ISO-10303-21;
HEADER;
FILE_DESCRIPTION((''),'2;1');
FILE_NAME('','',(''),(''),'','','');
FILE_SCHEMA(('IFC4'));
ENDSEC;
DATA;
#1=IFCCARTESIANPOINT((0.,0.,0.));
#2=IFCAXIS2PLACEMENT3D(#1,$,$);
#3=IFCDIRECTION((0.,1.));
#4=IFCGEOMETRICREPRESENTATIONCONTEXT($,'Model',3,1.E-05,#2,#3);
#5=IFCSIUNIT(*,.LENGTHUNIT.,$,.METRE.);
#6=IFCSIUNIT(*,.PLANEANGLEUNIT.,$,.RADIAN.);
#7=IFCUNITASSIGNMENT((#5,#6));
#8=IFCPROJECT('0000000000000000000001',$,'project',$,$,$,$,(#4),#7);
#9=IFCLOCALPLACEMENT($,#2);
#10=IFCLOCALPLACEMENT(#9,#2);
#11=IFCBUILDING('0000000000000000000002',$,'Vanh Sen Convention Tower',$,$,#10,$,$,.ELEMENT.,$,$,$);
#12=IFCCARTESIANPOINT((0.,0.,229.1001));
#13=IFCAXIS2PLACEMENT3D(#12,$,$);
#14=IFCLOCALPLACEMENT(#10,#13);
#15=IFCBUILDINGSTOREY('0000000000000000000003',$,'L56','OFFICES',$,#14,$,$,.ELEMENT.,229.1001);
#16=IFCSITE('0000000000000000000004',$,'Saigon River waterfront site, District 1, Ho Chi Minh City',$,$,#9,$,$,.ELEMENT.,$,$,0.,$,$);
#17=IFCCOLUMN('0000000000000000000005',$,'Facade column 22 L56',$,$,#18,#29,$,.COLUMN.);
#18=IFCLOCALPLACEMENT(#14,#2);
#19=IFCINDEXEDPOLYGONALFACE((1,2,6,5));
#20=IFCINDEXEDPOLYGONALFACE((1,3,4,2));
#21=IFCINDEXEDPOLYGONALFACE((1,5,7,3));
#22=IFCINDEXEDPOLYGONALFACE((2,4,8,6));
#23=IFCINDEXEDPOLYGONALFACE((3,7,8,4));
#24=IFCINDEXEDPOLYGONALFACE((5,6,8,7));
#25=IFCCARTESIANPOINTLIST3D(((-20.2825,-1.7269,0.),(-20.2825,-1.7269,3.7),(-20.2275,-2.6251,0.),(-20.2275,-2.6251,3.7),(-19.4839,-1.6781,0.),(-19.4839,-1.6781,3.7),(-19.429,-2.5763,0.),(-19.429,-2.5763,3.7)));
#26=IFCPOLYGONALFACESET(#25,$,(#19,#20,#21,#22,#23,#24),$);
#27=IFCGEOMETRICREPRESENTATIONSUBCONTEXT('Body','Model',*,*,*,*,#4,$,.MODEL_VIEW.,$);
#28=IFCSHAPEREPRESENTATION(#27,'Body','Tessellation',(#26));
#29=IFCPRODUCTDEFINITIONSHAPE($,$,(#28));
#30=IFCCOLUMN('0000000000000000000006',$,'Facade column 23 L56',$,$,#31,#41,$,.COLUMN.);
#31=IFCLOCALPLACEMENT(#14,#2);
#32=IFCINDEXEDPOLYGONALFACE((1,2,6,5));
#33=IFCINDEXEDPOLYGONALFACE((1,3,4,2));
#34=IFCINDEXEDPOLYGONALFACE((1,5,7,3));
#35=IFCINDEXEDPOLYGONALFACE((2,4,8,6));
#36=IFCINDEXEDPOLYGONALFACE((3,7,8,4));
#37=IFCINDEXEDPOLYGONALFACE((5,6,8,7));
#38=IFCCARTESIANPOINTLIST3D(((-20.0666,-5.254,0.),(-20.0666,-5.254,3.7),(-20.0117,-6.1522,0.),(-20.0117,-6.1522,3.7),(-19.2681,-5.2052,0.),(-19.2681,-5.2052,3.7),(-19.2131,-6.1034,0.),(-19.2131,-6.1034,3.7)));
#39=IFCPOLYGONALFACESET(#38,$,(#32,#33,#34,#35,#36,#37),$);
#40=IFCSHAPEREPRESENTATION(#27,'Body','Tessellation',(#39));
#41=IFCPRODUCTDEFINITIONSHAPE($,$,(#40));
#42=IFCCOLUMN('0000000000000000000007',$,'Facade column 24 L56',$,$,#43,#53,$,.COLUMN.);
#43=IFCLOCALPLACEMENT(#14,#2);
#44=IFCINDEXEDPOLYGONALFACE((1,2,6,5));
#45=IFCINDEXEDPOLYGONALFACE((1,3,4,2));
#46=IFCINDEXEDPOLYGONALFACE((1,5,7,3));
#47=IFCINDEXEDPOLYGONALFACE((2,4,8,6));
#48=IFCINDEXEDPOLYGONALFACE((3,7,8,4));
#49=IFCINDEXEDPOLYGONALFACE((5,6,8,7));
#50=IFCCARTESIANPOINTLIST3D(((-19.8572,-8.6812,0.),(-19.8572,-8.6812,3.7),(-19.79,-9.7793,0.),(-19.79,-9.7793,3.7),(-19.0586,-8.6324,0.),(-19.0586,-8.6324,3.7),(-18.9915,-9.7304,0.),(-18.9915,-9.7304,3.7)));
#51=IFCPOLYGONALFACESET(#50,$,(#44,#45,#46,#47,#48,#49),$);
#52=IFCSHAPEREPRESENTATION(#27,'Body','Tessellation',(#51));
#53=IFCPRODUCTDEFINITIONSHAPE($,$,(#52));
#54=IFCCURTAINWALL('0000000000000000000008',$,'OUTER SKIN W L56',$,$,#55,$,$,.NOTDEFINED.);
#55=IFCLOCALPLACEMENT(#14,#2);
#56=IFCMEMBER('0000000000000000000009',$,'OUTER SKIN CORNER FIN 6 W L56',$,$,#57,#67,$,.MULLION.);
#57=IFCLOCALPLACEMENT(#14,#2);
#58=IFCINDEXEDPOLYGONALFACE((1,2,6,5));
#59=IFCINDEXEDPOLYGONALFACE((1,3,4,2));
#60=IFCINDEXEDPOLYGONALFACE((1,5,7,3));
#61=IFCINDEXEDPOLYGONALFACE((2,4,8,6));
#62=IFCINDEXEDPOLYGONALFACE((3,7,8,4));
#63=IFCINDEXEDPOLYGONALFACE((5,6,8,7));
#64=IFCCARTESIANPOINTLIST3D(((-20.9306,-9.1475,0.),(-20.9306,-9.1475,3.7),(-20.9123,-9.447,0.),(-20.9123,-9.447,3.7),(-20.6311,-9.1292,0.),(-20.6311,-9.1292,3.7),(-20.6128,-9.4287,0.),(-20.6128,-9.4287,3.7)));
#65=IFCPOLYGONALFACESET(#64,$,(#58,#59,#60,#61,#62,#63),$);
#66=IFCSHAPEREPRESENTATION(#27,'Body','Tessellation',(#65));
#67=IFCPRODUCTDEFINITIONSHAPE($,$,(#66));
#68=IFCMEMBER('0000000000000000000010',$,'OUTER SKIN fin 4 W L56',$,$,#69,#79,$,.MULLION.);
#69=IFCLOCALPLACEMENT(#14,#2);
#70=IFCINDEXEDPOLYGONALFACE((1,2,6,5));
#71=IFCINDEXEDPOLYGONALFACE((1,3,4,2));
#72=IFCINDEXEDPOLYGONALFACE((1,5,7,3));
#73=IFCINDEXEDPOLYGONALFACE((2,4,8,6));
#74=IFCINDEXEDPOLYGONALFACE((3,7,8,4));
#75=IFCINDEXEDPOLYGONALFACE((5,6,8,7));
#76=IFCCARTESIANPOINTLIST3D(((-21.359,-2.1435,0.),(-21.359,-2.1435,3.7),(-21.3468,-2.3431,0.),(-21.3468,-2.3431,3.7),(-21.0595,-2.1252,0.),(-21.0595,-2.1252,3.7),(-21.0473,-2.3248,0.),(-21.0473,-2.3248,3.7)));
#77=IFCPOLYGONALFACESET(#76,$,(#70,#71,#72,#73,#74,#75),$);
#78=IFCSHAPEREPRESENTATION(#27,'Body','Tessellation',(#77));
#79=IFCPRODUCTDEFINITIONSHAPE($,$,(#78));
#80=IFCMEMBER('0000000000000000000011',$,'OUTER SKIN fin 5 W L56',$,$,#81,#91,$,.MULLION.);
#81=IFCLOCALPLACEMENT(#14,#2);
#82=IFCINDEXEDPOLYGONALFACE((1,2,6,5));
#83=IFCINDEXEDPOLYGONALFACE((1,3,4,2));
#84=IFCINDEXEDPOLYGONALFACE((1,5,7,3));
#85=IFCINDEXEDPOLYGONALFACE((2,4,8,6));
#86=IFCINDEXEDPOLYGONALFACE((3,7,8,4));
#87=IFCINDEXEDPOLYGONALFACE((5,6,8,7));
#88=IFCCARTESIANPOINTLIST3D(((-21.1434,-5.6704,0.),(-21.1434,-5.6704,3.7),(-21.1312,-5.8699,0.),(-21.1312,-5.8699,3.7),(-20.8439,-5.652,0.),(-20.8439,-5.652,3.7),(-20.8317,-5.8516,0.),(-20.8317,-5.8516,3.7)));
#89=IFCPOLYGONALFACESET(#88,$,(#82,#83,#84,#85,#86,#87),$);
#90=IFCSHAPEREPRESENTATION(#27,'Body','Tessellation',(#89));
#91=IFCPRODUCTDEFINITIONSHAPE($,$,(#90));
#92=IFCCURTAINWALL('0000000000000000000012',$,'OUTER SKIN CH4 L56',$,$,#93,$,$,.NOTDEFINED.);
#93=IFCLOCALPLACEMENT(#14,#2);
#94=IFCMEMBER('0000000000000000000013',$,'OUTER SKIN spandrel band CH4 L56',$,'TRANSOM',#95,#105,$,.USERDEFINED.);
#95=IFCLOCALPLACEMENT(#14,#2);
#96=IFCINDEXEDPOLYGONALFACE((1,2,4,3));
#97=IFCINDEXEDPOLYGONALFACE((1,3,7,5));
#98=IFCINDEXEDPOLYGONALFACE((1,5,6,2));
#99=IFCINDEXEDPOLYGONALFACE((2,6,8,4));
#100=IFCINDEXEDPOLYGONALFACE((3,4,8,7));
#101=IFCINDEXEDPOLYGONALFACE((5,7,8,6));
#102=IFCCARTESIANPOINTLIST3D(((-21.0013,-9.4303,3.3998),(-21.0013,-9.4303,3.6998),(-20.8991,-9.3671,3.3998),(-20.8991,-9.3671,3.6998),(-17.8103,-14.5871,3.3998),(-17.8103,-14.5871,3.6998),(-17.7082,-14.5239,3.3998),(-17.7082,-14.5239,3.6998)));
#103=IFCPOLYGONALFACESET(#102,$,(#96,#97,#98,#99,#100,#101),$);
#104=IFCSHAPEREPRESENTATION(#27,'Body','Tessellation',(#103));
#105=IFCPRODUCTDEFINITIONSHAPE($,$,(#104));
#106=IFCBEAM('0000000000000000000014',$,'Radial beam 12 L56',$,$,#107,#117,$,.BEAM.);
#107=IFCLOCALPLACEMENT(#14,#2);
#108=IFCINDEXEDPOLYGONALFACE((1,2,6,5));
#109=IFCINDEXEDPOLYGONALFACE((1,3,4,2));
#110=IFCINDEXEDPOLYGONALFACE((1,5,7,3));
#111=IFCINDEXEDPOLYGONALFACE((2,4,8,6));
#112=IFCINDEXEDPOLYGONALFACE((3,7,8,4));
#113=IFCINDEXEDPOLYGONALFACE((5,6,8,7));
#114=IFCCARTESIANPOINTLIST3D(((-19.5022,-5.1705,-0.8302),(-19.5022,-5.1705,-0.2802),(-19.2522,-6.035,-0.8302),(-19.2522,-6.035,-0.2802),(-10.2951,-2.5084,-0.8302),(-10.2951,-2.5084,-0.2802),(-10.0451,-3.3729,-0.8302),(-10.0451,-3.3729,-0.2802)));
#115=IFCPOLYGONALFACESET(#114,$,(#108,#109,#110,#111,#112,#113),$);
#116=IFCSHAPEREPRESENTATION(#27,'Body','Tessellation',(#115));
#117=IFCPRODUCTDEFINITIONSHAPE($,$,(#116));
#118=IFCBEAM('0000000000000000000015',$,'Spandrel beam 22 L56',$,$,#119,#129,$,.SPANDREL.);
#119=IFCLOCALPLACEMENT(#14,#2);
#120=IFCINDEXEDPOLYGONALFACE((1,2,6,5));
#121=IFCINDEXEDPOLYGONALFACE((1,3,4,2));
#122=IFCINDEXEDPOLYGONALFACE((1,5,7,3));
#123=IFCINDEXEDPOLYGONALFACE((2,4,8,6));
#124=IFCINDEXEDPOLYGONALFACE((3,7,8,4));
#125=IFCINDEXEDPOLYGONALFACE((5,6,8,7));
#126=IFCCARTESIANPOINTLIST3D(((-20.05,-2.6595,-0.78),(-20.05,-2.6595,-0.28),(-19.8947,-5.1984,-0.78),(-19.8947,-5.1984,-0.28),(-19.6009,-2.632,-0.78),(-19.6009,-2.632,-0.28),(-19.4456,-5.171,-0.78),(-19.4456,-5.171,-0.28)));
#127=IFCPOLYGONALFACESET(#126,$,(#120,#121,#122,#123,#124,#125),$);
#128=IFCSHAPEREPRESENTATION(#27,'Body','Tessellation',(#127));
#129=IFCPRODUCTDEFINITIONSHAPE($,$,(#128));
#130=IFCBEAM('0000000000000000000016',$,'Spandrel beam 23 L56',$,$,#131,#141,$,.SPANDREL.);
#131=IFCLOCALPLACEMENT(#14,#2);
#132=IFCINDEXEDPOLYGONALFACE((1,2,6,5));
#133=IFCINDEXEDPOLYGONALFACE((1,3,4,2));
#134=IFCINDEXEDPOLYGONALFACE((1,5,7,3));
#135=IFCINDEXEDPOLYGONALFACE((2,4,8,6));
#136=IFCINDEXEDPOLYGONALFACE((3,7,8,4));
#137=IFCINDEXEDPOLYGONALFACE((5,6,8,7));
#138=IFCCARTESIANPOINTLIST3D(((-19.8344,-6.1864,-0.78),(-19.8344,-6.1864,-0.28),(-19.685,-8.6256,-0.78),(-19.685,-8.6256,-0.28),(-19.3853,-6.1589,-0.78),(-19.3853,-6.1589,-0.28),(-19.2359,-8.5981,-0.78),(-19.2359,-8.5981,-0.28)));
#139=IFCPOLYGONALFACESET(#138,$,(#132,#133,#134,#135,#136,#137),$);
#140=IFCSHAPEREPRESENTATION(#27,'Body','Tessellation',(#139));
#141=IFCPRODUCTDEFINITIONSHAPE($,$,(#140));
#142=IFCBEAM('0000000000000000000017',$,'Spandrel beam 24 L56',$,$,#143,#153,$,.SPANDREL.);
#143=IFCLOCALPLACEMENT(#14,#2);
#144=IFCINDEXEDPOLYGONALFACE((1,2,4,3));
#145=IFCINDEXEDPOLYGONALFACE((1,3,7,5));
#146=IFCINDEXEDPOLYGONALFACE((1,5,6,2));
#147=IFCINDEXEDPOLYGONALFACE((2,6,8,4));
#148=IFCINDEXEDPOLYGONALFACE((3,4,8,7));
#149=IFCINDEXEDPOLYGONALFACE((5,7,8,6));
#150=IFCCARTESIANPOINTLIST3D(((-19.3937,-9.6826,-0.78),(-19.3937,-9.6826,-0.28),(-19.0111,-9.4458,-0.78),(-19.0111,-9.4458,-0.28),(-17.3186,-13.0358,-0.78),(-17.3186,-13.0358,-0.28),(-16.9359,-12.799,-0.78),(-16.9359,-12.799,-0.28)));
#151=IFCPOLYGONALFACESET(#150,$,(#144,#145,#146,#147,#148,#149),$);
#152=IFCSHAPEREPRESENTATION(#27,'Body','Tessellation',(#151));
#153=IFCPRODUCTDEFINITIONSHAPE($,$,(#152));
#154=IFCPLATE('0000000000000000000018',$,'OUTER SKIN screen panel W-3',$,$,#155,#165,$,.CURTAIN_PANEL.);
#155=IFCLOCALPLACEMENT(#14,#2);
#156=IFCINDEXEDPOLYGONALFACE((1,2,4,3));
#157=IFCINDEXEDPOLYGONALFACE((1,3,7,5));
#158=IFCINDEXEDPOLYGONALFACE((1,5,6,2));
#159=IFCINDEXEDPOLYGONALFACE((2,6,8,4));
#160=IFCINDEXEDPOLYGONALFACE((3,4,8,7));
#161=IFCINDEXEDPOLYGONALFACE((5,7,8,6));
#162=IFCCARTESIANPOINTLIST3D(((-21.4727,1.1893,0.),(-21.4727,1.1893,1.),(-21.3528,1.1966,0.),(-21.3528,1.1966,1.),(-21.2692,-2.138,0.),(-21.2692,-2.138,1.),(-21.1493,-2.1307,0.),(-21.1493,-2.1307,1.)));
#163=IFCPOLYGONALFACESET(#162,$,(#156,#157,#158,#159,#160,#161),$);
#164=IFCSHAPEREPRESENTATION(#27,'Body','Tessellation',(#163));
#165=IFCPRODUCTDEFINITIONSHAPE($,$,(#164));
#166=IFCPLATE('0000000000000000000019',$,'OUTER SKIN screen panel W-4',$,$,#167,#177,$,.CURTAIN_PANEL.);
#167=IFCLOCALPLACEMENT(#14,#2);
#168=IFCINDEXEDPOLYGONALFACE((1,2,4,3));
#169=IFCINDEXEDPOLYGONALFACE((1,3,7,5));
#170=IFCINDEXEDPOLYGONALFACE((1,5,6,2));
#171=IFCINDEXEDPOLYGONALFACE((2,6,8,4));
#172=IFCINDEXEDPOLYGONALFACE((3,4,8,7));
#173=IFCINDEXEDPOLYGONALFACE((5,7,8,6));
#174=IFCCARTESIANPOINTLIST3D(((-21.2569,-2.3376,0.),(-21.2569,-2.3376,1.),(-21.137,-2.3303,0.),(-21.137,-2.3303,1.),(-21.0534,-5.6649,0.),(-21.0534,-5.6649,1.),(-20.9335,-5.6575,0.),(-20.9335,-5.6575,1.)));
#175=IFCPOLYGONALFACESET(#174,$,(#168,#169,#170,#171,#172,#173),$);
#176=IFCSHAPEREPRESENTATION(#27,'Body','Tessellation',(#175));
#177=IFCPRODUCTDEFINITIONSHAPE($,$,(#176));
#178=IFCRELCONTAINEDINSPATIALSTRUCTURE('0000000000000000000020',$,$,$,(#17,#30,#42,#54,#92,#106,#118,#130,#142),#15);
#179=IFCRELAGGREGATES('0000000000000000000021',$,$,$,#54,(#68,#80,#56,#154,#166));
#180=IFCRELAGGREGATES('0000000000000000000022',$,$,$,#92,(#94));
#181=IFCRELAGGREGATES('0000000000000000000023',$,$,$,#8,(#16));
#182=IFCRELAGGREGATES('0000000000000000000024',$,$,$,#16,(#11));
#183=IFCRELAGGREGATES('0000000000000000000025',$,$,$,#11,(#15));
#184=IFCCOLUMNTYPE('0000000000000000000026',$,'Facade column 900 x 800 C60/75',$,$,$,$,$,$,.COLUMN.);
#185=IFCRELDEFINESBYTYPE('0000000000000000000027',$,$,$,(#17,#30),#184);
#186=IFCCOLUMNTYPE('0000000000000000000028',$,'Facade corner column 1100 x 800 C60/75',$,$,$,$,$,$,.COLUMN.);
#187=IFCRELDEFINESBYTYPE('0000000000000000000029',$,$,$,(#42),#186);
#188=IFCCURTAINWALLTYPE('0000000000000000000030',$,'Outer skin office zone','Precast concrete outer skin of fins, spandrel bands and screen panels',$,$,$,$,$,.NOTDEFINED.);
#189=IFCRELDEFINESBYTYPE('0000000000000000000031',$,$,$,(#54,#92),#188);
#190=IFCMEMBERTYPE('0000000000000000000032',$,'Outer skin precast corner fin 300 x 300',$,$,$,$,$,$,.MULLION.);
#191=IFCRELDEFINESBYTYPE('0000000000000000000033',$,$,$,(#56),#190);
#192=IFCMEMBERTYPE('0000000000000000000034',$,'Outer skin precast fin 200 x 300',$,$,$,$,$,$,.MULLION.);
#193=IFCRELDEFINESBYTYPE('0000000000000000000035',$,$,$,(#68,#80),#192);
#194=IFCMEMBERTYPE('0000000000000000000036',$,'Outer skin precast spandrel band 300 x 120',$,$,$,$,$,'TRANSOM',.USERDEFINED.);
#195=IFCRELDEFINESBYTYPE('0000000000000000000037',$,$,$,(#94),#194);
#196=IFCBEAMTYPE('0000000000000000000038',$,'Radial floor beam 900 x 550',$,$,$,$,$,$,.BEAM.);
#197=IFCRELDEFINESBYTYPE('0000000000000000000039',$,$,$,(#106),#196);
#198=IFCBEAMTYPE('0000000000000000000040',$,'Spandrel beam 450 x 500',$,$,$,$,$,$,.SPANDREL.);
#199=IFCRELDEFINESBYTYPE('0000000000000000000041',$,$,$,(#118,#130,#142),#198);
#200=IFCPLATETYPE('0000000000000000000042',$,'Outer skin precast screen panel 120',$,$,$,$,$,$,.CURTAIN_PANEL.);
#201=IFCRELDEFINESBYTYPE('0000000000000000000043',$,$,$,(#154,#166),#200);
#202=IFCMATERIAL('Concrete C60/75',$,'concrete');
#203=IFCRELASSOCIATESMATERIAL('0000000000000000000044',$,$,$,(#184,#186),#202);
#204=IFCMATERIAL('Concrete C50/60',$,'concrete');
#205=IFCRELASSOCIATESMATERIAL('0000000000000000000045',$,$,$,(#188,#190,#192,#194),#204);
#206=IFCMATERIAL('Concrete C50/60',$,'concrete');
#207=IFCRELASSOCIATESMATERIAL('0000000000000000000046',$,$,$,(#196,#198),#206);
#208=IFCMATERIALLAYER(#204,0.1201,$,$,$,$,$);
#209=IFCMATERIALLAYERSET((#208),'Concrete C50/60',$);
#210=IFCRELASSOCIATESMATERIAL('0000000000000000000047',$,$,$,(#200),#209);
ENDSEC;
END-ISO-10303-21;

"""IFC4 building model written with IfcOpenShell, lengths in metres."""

from ifc_helpers import new_model, si_unit, direction, frame, origin, origin_2d, place, context, subcontext, project, spatial, rectangle, extrude, material, layer, layer_set, material_profile, profile_set, type_object, element, aggregate, save


model = new_model("IFC4")

# Units and contexts
model_context = context("Model", 3, precision=1e-05, world=origin(), true_north=direction((0.0, 1.0)))
body_context = subcontext(model_context, "Body", "Model", "MODEL_VIEW")
ifc_project = project(units=[si_unit("LENGTHUNIT", "METRE"), si_unit("PLANEANGLEUNIT", "RADIAN")], contexts=[model_context])

# Site, building, storey
site_placement = place(None, origin())
site = spatial("IfcSite", under=ifc_project, at=site_placement, Name="Saigon River waterfront site, District 1, Ho Chi Minh City", CompositionType="ELEMENT", RefElevation=0.0)
building_placement = place(site_placement, origin())
building = spatial("IfcBuilding", under=site, at=building_placement, Name="Vanh Sen Convention Tower", CompositionType="ELEMENT")
storey_placement = place(building_placement, frame((0.0, 0.0, 229.1001)))
storey = spatial("IfcBuildingStorey", under=building, at=storey_placement, Name="L56", Description="OFFICES", CompositionType="ELEMENT", Elevation=229.1001)

# Columns
ifc_material_1 = material(Name="Concrete C60/75", Category="concrete")
ifc_material_profile_1 = material_profile(ifc_material_1, rectangle(XDim=0.8999, YDim=0.8, at=origin_2d()), Name="RC 900X800")
ifc_profile_set_1 = profile_set([ifc_material_profile_1], Name="Concrete C60/75")
column_type_1 = type_object("IfcColumnType", Name="Facade column 900 x 800 C60/75", PredefinedType="COLUMN", material=ifc_profile_set_1)
for number, where, z_axis, x_axis, name in (
    (1, (-19.8557, -2.1516, 0.0), (0.0, 0.0, 1.0), (0.061049, -0.998135, 0.0), "Facade column 22 L56"),
    (2, (-19.6399, -5.6787, 0.0), (0.0, 0.0, 1.0), (0.061049, -0.998135, 0.0), "Facade column 23 L56"),
):
    element("IfcColumn", number, at=place(storey_placement, frame(where, z_axis=z_axis, x_axis=x_axis)), inside=storey, type_object=column_type_1, Name=name, PredefinedType="COLUMN", context=body_context, shape_type="SweptSolid", body=[
        extrude(rectangle(XDim=0.8999, YDim=0.8, at=origin_2d()), origin(), (0.0, 0.0, 1.0), 3.7),
    ])
ifc_material_profile_2 = material_profile(ifc_material_1, rectangle(XDim=1.1001, YDim=0.8, at=origin_2d()), Name="RC 1100X800")
ifc_profile_set_2 = profile_set([ifc_material_profile_2], Name="Concrete C60/75")
column_type_2 = type_object("IfcColumnType", Name="Facade corner column 1100 x 800 C60/75", PredefinedType="COLUMN", material=ifc_profile_set_2)
column_placement = place(storey_placement, frame((-19.4243, -9.2058, 0.0), z_axis=(0.0, 0.0, 1.0), x_axis=(0.061049, -0.998135, 0.0)))
element("IfcColumn", 3, at=column_placement, inside=storey, type_object=column_type_2, Name="Facade column 24 L56", PredefinedType="COLUMN", context=body_context, shape_type="SweptSolid", body=[
    extrude(rectangle(XDim=1.1001, YDim=0.8, at=origin_2d()), origin(), (0.0, 0.0, 1.0), 3.7),
])

# Curtain wall, members
ifc_material_2 = material(Name="Concrete C50/60", Category="concrete")
curtain_wall_type = type_object("IfcCurtainWallType", Name="Outer skin office zone", Description="Precast concrete outer skin of fins, spandrel bands and screen panels", PredefinedType="NOTDEFINED", material=ifc_material_2)
curtain_wall_1_placement = place(storey_placement, origin())
curtain_wall_1 = element("IfcCurtainWall", 4, at=curtain_wall_1_placement, inside=storey, type_object=curtain_wall_type, Name="OUTER SKIN W L56", PredefinedType="NOTDEFINED")
ifc_material_profile_3 = material_profile(ifc_material_2, rectangle(XDim=0.3, YDim=0.3, at=origin_2d()), Name="Outer skin precast corner fin 300 x 300")
ifc_profile_set_3 = profile_set([ifc_material_profile_3], Name="Concrete C50/60")
member_type_1 = type_object("IfcMemberType", Name="Outer skin precast corner fin 300 x 300", PredefinedType="MULLION", material=ifc_profile_set_3)
member_1_placement = place(storey_placement, frame((-20.7717, -9.2881, 0.0), z_axis=(0.0, 0.0, 1.0), x_axis=(0.061049, -0.998135, 0.0)))
member_1 = element("IfcMember", 5, at=member_1_placement, type_object=member_type_1, Name="OUTER SKIN CORNER FIN 6 W L56", PredefinedType="MULLION", context=body_context, shape_type="SweptSolid", body=[
    extrude(rectangle(XDim=0.3, YDim=0.3, at=origin_2d()), origin(), (0.0, 0.0, 1.0), 3.7),
])
ifc_material_profile_4 = material_profile(ifc_material_2, rectangle(XDim=0.2, YDim=0.3, at=origin_2d()), Name="Outer skin precast fin 200 x 300")
ifc_profile_set_4 = profile_set([ifc_material_profile_4], Name="Concrete C50/60")
member_type_2 = type_object("IfcMemberType", Name="Outer skin precast fin 200 x 300", PredefinedType="MULLION", material=ifc_profile_set_4)
member_2_placement = place(storey_placement, frame((-21.2031, -2.2341, 0.0), z_axis=(0.0, 0.0, 1.0), x_axis=(0.061049, -0.998135, 0.0)))
member_2 = element("IfcMember", 6, at=member_2_placement, type_object=member_type_2, Name="OUTER SKIN fin 4 W L56", PredefinedType="MULLION", context=body_context, shape_type="SweptSolid", body=[
    extrude(rectangle(XDim=0.2, YDim=0.3, at=origin_2d()), origin(), (0.0, 0.0, 1.0), 3.7),
])
member_3_placement = place(storey_placement, frame((-20.9875, -5.761, 0.0), z_axis=(0.0, 0.0, 1.0), x_axis=(0.061049, -0.998135, 0.0)))
member_3 = element("IfcMember", 7, at=member_3_placement, type_object=member_type_2, Name="OUTER SKIN fin 5 W L56", PredefinedType="MULLION", context=body_context, shape_type="SweptSolid", body=[
    extrude(rectangle(XDim=0.2, YDim=0.3, at=origin_2d()), origin(), (0.0, 0.0, 1.0), 3.7),
])

# Curtain wall, member
curtain_wall_2_placement = place(storey_placement, origin())
curtain_wall_2 = element("IfcCurtainWall", 8, at=curtain_wall_2_placement, inside=storey, type_object=curtain_wall_type, Name="OUTER SKIN CH4 L56", PredefinedType="NOTDEFINED")
ifc_material_profile_5 = material_profile(ifc_material_2, rectangle(XDim=0.1201, YDim=0.3, at=origin_2d()), Name="Outer skin precast spandrel band 300 x 120")
ifc_profile_set_5 = profile_set([ifc_material_profile_5], Name="Concrete C50/60")
member_type_3 = type_object("IfcMemberType", Name="Outer skin precast spandrel band 300 x 120", ElementType="TRANSOM", PredefinedType="USERDEFINED", material=ifc_profile_set_5)
member_4_placement = place(storey_placement, frame((-20.9502, -9.3987, 3.5498), z_axis=(0.526194, -0.850365, 0.0), x_axis=(0.850365, 0.526194, 0.0)))
member_4 = element("IfcMember", 9, at=member_4_placement, type_object=member_type_3, Name="OUTER SKIN spandrel band CH4 L56", ObjectType="TRANSOM", PredefinedType="USERDEFINED", context=body_context, shape_type="SweptSolid", body=[
    extrude(rectangle(XDim=0.1201, YDim=0.3, at=origin_2d()), origin(), (0.0, 0.0, 1.0), 6.0642),
])

# Beams
ifc_material_3 = material(Name="Concrete C50/60", Category="concrete")
ifc_material_profile_6 = material_profile(ifc_material_3, rectangle(XDim=0.8999, YDim=0.55, at=origin_2d()), Name="RC 900X550")
ifc_profile_set_6 = profile_set([ifc_material_profile_6], Name="Concrete C50/60")
beam_type_1 = type_object("IfcBeamType", Name="Radial floor beam 900 x 550", PredefinedType="BEAM", material=ifc_profile_set_6)
beam_1_placement = place(storey_placement, frame((-19.3772, -5.6028, -0.5552), z_axis=(0.96065, 0.277761, 0.0), x_axis=(-0.277761, 0.96065, 0.0)))
element("IfcBeam", 10, at=beam_1_placement, inside=storey, type_object=beam_type_1, Name="Radial beam 12 L56", PredefinedType="BEAM", context=body_context, shape_type="SweptSolid", body=[
    extrude(rectangle(XDim=0.8999, YDim=0.55, at=origin_2d()), origin(), (0.0, 0.0, 1.0), 9.5842),
])
ifc_material_profile_7 = material_profile(ifc_material_3, rectangle(XDim=0.45, YDim=0.5, at=origin_2d()), Name="RC 450X500")
ifc_profile_set_7 = profile_set([ifc_material_profile_7], Name="Concrete C50/60")
beam_type_2 = type_object("IfcBeamType", Name="Spandrel beam 450 x 500", PredefinedType="SPANDREL", material=ifc_profile_set_7)
beam_2_placement = place(storey_placement, frame((-19.8254, -2.6458, -0.53), z_axis=(0.06104, -0.998135, 0.0), x_axis=(0.998135, 0.06104, 0.0)))
element("IfcBeam", 11, at=beam_2_placement, inside=storey, type_object=beam_type_2, Name="Spandrel beam 22 L56", PredefinedType="SPANDREL", context=body_context, shape_type="SweptSolid", body=[
    extrude(rectangle(XDim=0.45, YDim=0.5, at=origin_2d()), origin(), (0.0, 0.0, 1.0), 2.5437),
])
beam_3_placement = place(storey_placement, frame((-19.6099, -6.1726, -0.53), z_axis=(0.061141, -0.998129, 0.0), x_axis=(0.998129, 0.061141, 0.0)))
element("IfcBeam", 12, at=beam_3_placement, inside=storey, type_object=beam_type_2, Name="Spandrel beam 23 L56", PredefinedType="SPANDREL", context=body_context, shape_type="SweptSolid", body=[
    extrude(rectangle(XDim=0.45, YDim=0.5, at=origin_2d()), origin(), (0.0, 0.0, 1.0), 2.4438),
])
beam_4_placement = place(storey_placement, frame((-19.2024, -9.5642, -0.53), z_axis=(0.526237, -0.850338, 0.0), x_axis=(0.850338, 0.526237, 0.0)))
element("IfcBeam", 13, at=beam_4_placement, inside=storey, type_object=beam_type_2, Name="Spandrel beam 24 L56", PredefinedType="SPANDREL", context=body_context, shape_type="SweptSolid", body=[
    extrude(rectangle(XDim=0.45, YDim=0.5, at=origin_2d()), origin(), (0.0, 0.0, 1.0), 3.9434),
])

# Plates
ifc_layer_1 = layer(ifc_material_2, 0.1201)
ifc_layer_set_1 = layer_set([ifc_layer_1], Name="Concrete C50/60")
plate_type = type_object("IfcPlateType", Name="Outer skin precast screen panel 120", PredefinedType="CURTAIN_PANEL", material=ifc_layer_set_1)
plate_1_placement = place(storey_placement, frame((-21.311, -0.4707, 0.0), z_axis=(0.0, 0.0, 1.0), x_axis=(0.061043, -0.998135, 0.0)))
plate_1 = element("IfcPlate", 14, at=plate_1_placement, type_object=plate_type, Name="OUTER SKIN screen panel W-3", PredefinedType="CURTAIN_PANEL", context=body_context, shape_type="SweptSolid", body=[
    extrude(rectangle(XDim=3.3335, YDim=0.1201, at=origin_2d()), origin(), (0.0, 0.0, 1.0), 1.0),
])
plate_2_placement = place(storey_placement, frame((-21.0952, -3.9976, 0.0), z_axis=(0.0, 0.0, 1.0), x_axis=(0.061043, -0.998135, 0.0)))
plate_2 = element("IfcPlate", 15, at=plate_2_placement, type_object=plate_type, Name="OUTER SKIN screen panel W-4", PredefinedType="CURTAIN_PANEL", context=body_context, shape_type="SweptSolid", body=[
    extrude(rectangle(XDim=3.3335, YDim=0.1201, at=origin_2d()), origin(), (0.0, 0.0, 1.0), 1.0),
])
aggregate(curtain_wall_1, [member_2, member_3, member_1, plate_1, plate_2])
aggregate(curtain_wall_2, [member_4])

save(model, "model.ifc")
